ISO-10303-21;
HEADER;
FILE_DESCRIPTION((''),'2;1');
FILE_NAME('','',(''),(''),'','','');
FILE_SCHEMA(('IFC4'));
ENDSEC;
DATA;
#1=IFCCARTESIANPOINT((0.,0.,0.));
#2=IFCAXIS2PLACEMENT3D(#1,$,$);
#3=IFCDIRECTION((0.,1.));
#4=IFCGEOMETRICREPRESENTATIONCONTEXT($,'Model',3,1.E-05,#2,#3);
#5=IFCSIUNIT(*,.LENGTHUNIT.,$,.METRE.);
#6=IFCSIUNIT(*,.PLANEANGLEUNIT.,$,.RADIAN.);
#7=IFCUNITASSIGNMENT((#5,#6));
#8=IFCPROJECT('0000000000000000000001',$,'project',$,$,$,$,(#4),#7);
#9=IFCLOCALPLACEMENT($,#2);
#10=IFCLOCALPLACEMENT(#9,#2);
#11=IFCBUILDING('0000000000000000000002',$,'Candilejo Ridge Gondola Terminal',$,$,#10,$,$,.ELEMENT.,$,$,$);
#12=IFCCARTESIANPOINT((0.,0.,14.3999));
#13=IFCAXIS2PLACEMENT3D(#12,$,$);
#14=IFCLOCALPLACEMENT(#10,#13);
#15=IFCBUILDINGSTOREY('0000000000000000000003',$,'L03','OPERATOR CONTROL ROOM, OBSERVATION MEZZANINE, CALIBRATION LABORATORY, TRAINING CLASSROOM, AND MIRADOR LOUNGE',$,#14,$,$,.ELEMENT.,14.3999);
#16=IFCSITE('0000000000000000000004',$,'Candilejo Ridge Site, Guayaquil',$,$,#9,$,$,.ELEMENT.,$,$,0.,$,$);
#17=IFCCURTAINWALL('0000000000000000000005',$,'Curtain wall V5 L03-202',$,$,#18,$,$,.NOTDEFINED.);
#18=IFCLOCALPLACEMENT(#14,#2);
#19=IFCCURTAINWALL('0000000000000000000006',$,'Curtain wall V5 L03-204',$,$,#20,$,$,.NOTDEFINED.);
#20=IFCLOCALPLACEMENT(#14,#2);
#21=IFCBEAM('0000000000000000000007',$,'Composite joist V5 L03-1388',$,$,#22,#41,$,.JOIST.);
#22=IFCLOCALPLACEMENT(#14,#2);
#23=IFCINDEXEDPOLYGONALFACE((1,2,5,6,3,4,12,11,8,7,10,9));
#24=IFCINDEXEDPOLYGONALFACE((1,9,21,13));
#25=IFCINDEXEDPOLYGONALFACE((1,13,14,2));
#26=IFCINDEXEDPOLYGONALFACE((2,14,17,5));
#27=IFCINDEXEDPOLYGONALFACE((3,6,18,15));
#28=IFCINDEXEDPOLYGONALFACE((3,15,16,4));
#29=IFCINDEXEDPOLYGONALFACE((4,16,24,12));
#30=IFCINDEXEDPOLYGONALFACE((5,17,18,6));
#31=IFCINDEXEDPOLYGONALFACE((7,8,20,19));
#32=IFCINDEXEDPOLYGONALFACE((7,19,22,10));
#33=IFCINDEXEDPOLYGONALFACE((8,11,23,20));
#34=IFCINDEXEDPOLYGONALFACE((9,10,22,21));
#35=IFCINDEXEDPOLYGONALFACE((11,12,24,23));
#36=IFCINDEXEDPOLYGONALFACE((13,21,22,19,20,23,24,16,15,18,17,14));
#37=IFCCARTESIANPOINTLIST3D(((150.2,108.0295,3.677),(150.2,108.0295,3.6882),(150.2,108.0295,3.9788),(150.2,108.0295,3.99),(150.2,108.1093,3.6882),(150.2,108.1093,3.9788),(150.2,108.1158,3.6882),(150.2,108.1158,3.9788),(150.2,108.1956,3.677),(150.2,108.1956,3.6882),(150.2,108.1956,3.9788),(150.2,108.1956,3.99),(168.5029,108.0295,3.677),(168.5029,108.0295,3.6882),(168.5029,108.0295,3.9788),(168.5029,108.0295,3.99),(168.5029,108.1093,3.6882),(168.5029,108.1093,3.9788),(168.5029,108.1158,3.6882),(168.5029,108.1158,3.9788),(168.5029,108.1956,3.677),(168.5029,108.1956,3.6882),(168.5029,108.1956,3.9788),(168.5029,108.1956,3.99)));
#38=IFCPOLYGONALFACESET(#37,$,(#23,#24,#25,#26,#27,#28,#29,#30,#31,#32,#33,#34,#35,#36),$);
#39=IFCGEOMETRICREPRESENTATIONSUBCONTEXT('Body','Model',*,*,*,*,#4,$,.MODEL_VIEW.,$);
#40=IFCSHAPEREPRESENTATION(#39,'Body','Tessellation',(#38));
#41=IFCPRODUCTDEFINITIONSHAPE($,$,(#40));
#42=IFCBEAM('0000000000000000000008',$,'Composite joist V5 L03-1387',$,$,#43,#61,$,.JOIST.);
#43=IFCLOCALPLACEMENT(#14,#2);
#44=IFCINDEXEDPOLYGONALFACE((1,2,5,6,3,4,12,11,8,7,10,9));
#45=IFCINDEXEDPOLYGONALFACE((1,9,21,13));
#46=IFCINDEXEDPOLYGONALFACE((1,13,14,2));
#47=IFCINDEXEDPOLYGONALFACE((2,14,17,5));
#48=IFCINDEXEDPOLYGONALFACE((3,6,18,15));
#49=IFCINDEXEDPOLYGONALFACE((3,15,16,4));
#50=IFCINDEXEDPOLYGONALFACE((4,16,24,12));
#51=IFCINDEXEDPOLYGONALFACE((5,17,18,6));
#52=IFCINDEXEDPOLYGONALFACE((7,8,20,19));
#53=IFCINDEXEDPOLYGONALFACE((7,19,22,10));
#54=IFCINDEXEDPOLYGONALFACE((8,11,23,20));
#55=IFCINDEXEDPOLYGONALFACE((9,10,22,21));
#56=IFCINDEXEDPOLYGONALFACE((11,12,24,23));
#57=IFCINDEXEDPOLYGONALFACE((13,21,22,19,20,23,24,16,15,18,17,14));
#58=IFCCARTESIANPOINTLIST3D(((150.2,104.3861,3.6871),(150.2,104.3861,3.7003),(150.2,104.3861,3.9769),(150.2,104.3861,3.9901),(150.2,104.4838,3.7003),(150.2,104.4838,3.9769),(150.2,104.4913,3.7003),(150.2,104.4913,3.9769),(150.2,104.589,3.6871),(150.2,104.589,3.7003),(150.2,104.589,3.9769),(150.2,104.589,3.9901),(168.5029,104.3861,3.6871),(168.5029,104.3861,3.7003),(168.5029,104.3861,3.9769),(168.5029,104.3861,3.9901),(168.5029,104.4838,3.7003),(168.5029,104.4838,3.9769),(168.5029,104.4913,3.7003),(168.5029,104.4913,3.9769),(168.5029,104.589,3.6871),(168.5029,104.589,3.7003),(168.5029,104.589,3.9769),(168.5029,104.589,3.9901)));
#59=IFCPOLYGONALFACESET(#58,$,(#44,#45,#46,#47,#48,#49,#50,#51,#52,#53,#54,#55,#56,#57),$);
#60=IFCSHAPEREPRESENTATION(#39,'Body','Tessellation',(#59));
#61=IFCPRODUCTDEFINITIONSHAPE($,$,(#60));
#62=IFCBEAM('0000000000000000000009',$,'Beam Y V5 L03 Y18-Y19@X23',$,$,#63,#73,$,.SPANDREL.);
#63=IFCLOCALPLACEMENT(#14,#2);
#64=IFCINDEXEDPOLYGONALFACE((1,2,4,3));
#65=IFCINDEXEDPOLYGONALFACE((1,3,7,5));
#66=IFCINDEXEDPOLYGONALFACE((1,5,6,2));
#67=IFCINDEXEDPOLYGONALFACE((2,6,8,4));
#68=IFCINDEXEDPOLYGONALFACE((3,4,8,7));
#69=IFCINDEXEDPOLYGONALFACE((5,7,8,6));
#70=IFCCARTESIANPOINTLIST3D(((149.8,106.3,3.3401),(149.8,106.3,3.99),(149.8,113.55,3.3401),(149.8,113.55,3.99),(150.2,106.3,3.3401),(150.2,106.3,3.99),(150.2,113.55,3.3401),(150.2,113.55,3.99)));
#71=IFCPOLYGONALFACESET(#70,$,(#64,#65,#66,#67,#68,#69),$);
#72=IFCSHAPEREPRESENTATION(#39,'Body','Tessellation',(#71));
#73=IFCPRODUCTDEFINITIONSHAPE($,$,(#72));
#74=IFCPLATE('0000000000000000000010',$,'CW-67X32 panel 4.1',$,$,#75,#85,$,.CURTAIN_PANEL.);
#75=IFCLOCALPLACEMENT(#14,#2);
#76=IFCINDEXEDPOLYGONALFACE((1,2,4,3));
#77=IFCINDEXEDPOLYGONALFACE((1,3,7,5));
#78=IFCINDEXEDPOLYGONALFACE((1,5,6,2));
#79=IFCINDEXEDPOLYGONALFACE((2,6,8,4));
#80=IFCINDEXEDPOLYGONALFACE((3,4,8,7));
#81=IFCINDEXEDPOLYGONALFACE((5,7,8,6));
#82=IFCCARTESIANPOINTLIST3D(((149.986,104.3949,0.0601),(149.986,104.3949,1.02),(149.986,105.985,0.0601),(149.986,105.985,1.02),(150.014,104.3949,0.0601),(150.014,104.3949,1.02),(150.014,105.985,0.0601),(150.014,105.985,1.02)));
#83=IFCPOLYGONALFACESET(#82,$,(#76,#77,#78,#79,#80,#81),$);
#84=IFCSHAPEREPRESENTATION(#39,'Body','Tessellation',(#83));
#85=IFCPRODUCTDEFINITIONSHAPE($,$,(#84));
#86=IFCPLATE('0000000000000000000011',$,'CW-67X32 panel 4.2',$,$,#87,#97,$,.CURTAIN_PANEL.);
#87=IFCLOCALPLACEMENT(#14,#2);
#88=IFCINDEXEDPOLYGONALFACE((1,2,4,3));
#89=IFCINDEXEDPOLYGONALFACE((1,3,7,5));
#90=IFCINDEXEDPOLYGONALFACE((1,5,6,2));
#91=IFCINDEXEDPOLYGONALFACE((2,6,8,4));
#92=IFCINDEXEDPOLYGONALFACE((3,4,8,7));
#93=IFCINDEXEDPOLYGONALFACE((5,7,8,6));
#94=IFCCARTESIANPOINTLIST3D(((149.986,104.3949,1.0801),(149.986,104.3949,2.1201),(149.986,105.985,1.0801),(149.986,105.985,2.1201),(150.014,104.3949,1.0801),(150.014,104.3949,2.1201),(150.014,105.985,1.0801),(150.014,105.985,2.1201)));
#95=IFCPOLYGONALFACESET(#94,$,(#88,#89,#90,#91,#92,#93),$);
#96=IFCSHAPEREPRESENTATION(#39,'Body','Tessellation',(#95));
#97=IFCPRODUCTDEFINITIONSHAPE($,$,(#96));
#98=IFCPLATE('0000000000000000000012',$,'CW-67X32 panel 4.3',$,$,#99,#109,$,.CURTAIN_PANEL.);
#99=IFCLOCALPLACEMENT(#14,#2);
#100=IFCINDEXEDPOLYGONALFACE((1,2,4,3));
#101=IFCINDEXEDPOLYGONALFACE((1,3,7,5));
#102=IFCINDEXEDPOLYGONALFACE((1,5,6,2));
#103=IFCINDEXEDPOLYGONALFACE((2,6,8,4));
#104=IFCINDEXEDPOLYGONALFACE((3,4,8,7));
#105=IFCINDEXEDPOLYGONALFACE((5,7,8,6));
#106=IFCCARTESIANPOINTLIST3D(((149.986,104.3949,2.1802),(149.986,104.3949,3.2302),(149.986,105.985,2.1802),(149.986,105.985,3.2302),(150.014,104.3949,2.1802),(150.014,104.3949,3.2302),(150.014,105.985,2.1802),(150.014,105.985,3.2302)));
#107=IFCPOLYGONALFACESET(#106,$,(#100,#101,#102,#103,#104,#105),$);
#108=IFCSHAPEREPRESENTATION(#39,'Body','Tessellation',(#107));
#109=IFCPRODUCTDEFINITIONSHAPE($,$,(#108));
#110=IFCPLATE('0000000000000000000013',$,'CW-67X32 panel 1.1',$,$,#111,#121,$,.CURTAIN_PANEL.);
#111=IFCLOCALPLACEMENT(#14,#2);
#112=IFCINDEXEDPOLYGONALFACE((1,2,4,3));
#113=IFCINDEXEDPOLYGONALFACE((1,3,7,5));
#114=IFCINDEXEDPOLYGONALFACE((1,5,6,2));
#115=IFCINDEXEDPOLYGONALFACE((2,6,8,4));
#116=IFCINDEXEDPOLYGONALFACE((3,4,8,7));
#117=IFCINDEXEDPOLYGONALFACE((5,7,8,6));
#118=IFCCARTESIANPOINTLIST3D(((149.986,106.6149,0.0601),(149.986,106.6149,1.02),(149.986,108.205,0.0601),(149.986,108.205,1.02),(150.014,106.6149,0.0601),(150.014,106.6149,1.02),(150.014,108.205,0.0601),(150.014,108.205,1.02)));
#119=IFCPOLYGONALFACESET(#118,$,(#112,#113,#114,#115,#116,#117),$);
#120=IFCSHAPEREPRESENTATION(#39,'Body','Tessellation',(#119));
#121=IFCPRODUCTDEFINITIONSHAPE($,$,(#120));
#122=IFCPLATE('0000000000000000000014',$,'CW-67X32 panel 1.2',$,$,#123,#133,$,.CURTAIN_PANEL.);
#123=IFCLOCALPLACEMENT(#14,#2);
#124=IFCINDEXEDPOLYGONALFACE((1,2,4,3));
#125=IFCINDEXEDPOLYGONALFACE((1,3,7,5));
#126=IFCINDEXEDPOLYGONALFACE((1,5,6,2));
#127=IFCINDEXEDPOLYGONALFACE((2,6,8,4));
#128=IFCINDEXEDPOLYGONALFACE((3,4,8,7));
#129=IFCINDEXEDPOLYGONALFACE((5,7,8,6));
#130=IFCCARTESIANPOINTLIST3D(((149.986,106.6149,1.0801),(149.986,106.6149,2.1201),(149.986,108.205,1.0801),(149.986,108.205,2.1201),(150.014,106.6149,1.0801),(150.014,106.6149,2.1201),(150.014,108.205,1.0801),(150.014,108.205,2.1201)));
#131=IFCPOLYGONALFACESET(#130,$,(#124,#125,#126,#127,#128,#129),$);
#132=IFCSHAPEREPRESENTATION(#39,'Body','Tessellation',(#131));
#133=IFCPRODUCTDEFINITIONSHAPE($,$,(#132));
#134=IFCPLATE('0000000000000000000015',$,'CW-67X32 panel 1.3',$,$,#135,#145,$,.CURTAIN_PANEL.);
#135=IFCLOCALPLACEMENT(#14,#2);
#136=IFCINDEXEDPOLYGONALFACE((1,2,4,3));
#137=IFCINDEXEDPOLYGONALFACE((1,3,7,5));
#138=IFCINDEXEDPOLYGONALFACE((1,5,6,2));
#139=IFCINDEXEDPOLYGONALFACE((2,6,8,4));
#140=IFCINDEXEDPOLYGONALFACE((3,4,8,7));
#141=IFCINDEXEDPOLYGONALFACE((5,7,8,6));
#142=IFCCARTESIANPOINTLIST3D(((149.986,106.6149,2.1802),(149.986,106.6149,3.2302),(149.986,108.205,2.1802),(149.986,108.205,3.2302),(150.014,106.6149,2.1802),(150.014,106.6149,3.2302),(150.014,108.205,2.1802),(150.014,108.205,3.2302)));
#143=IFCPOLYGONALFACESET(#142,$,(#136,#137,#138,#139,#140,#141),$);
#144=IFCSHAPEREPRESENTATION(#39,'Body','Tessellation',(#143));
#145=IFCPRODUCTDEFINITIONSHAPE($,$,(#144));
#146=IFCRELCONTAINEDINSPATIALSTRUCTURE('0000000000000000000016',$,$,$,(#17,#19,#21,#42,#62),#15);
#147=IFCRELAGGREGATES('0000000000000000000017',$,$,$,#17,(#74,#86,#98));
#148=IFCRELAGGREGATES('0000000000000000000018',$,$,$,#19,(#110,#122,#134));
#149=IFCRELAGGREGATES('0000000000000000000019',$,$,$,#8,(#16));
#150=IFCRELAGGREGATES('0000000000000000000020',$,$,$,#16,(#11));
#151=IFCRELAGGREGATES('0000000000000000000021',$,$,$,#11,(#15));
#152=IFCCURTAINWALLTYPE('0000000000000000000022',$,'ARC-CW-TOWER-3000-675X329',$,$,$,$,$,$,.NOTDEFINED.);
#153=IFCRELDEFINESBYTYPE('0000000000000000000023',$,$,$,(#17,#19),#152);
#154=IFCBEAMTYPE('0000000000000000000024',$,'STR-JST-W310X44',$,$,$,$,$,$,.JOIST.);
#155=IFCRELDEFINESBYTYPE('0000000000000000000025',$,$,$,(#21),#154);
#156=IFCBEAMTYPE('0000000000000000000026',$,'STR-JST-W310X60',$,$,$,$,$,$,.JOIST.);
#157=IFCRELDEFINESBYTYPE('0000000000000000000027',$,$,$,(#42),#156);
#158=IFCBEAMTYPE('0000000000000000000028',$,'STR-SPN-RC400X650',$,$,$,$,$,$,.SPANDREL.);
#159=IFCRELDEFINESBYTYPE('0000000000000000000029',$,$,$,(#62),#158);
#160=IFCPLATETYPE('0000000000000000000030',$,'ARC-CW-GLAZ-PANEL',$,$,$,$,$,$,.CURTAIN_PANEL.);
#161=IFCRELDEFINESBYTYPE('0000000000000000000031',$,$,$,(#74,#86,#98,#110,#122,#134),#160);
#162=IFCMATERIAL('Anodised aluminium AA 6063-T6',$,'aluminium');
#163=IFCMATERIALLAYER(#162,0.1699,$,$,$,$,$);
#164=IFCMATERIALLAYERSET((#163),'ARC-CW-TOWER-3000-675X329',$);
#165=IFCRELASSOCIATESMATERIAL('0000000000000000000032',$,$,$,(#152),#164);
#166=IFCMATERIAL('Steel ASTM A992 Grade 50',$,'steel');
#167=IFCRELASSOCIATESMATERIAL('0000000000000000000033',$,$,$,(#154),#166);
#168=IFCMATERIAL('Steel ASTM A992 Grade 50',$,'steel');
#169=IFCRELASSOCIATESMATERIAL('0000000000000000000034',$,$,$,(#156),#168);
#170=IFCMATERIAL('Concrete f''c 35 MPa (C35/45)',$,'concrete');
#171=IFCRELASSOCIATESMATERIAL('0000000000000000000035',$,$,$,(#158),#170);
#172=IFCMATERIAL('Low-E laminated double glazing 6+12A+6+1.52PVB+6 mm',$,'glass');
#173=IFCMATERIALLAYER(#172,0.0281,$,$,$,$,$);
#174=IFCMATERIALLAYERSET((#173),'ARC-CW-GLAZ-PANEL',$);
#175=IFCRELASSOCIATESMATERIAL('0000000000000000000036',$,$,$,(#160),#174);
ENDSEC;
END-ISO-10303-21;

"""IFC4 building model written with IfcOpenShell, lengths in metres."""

from ifc_helpers import new_model, si_unit, direction, frame, origin, origin_2d, place, context, subcontext, project, spatial, rectangle, i_section, extrude, material, layer, layer_set, material_profile, profile_set, type_object, element, aggregate, save


model = new_model("IFC4")

# Units and contexts
model_context = context("Model", 3, precision=1e-05, world=origin(), true_north=direction((0.0, 1.0)))
body_context = subcontext(model_context, "Body", "Model", "MODEL_VIEW")
ifc_project = project(units=[si_unit("LENGTHUNIT", "METRE"), si_unit("PLANEANGLEUNIT", "RADIAN")], contexts=[model_context])

# Site, building, storey
site_placement = place(None, origin())
site = spatial("IfcSite", under=ifc_project, at=site_placement, Name="Candilejo Ridge Site, Guayaquil", CompositionType="ELEMENT", RefElevation=0.0)
building_placement = place(site_placement, origin())
building = spatial("IfcBuilding", under=site, at=building_placement, Name="Candilejo Ridge Gondola Terminal", CompositionType="ELEMENT")
storey_placement = place(building_placement, frame((0.0, 0.0, 14.3999)))
storey = spatial("IfcBuildingStorey", under=building, at=storey_placement, Name="L03", Description="OPERATOR CONTROL ROOM, OBSERVATION MEZZANINE, CALIBRATION LABORATORY, TRAINING CLASSROOM, AND MIRADOR LOUNGE", CompositionType="ELEMENT", Elevation=14.3999)

# Curtain wall
ifc_material_1 = material(Name="Anodised aluminium AA 6063-T6", Category="aluminium")
ifc_layer_1 = layer(ifc_material_1, 0.1699)
ifc_layer_set_1 = layer_set([ifc_layer_1], Name="ARC-CW-TOWER-3000-675X329")
curtain_wall_type = type_object("IfcCurtainWallType", Name="ARC-CW-TOWER-3000-675X329", PredefinedType="NOTDEFINED", material=ifc_layer_set_1)
curtain_wall_1_placement = place(storey_placement, origin())
curtain_wall_1 = element("IfcCurtainWall", 1, at=curtain_wall_1_placement, inside=storey, type_object=curtain_wall_type, Name="Curtain wall V5 L03-202", PredefinedType="NOTDEFINED")

# Curtain wall
curtain_wall_2_placement = place(storey_placement, origin())
curtain_wall_2 = element("IfcCurtainWall", 2, at=curtain_wall_2_placement, inside=storey, type_object=curtain_wall_type, Name="Curtain wall V5 L03-204", PredefinedType="NOTDEFINED")

# Beams
ifc_material_2 = material(Name="Steel ASTM A992 Grade 50", Category="steel")
ifc_material_profile_1 = material_profile(ifc_material_2, i_section(OverallWidth=0.166, OverallDepth=0.313, WebThickness=0.0066, FlangeThickness=0.0112, at=origin_2d()))
ifc_profile_set_1 = profile_set([ifc_material_profile_1], Name="Steel ASTM A992 Grade 50")
beam_type_1 = type_object("IfcBeamType", Name="STR-JST-W310X44", PredefinedType="JOIST", material=ifc_profile_set_1)
beam_1_placement = place(storey_placement, frame((150.2, 108.1125, 3.8335), z_axis=(1.0, 0.0, 0.0), x_axis=(0.0, 1.0, 0.0)))
element("IfcBeam", 3, at=beam_1_placement, inside=storey, type_object=beam_type_1, Name="Composite joist V5 L03-1388", PredefinedType="JOIST", context=body_context, shape_type="SweptSolid", body=[
    extrude(i_section(OverallWidth=0.166, OverallDepth=0.313, WebThickness=0.0066, FlangeThickness=0.0112, at=origin_2d()), origin(), (0.0, 0.0, 1.0), 18.303),
])
ifc_material_3 = material(Name="Steel ASTM A992 Grade 50", Category="steel")
ifc_material_profile_2 = material_profile(ifc_material_3, i_section(OverallWidth=0.2029, OverallDepth=0.303, WebThickness=0.0076, FlangeThickness=0.0132, at=origin_2d()))
ifc_profile_set_2 = profile_set([ifc_material_profile_2], Name="Steel ASTM A992 Grade 50")
beam_type_2 = type_object("IfcBeamType", Name="STR-JST-W310X60", PredefinedType="JOIST", material=ifc_profile_set_2)
beam_2_placement = place(storey_placement, frame((150.2, 104.4875, 3.8386), z_axis=(1.0, 0.0, 0.0), x_axis=(0.0, 1.0, 0.0)))
element("IfcBeam", 4, at=beam_2_placement, inside=storey, type_object=beam_type_2, Name="Composite joist V5 L03-1387", PredefinedType="JOIST", context=body_context, shape_type="SweptSolid", body=[
    extrude(i_section(OverallWidth=0.2029, OverallDepth=0.303, WebThickness=0.0076, FlangeThickness=0.0132, at=origin_2d()), origin(), (0.0, 0.0, 1.0), 18.303),
])
ifc_material_4 = material(Name="Concrete f'c 35 MPa (C35/45)", Category="concrete")
ifc_material_profile_3 = material_profile(ifc_material_4, rectangle(XDim=0.3999, YDim=0.6499, at=origin_2d()))
ifc_profile_set_3 = profile_set([ifc_material_profile_3], Name="Concrete f'c 35 MPa (C35/45)")
beam_type_3 = type_object("IfcBeamType", Name="STR-SPN-RC400X650", PredefinedType="SPANDREL", material=ifc_profile_set_3)
beam_3_placement = place(storey_placement, frame((150.0, 106.3, 3.665), z_axis=(0.0, 1.0, 0.0), x_axis=(-1.0, 0.0, 0.0)))
element("IfcBeam", 5, at=beam_3_placement, inside=storey, type_object=beam_type_3, Name="Beam Y V5 L03 Y18-Y19@X23", PredefinedType="SPANDREL", context=body_context, shape_type="SweptSolid", body=[
    extrude(rectangle(XDim=0.3999, YDim=0.6499, at=origin_2d()), origin(), (0.0, 0.0, 1.0), 7.25),
])

# Plates
ifc_material_5 = material(Name="Low-E laminated double glazing 6+12A+6+1.52PVB+6 mm", Category="glass")
ifc_layer_2 = layer(ifc_material_5, 0.0281)
ifc_layer_set_2 = layer_set([ifc_layer_2], Name="ARC-CW-GLAZ-PANEL")
plate_type = type_object("IfcPlateType", Name="ARC-CW-GLAZ-PANEL", PredefinedType="CURTAIN_PANEL", material=ifc_layer_set_2)
plate_1_placement = place(storey_placement, frame((150.0, 105.1899, 0.0601), z_axis=(0.0, 0.0, 1.0), x_axis=(0.0, 1.0, 0.0)))
plate_1 = element("IfcPlate", 6, at=plate_1_placement, type_object=plate_type, Name="CW-67X32 panel 4.1", PredefinedType="CURTAIN_PANEL", context=body_context, shape_type="SweptSolid", body=[
    extrude(rectangle(XDim=1.5901, YDim=0.0281, at=origin_2d()), origin(), (0.0, 0.0, 1.0), 0.96),
])
plate_2_placement = place(storey_placement, frame((150.0, 105.1899, 1.0801), z_axis=(0.0, 0.0, 1.0), x_axis=(0.0, 1.0, 0.0)))
plate_2 = element("IfcPlate", 7, at=plate_2_placement, type_object=plate_type, Name="CW-67X32 panel 4.2", PredefinedType="CURTAIN_PANEL", context=body_context, shape_type="SweptSolid", body=[
    extrude(rectangle(XDim=1.5901, YDim=0.0281, at=origin_2d()), origin(), (0.0, 0.0, 1.0), 1.04),
])
plate_3_placement = place(storey_placement, frame((150.0, 105.1899, 2.1802), z_axis=(0.0, 0.0, 1.0), x_axis=(0.0, 1.0, 0.0)))
plate_3 = element("IfcPlate", 8, at=plate_3_placement, type_object=plate_type, Name="CW-67X32 panel 4.3", PredefinedType="CURTAIN_PANEL", context=body_context, shape_type="SweptSolid", body=[
    extrude(rectangle(XDim=1.5901, YDim=0.0281, at=origin_2d()), origin(), (0.0, 0.0, 1.0), 1.05),
])
aggregate(curtain_wall_1, [plate_1, plate_2, plate_3])
plate_4_placement = place(storey_placement, frame((150.0, 107.4099, 0.0601), z_axis=(0.0, 0.0, 1.0), x_axis=(0.0, 1.0, 0.0)))
plate_4 = element("IfcPlate", 9, at=plate_4_placement, type_object=plate_type, Name="CW-67X32 panel 1.1", PredefinedType="CURTAIN_PANEL", context=body_context, shape_type="SweptSolid", body=[
    extrude(rectangle(XDim=1.5901, YDim=0.0281, at=origin_2d()), origin(), (0.0, 0.0, 1.0), 0.96),
])
plate_5_placement = place(storey_placement, frame((150.0, 107.4099, 1.0801), z_axis=(0.0, 0.0, 1.0), x_axis=(0.0, 1.0, 0.0)))
plate_5 = element("IfcPlate", 10, at=plate_5_placement, type_object=plate_type, Name="CW-67X32 panel 1.2", PredefinedType="CURTAIN_PANEL", context=body_context, shape_type="SweptSolid", body=[
    extrude(rectangle(XDim=1.5901, YDim=0.0281, at=origin_2d()), origin(), (0.0, 0.0, 1.0), 1.04),
])
plate_6_placement = place(storey_placement, frame((150.0, 107.4099, 2.1802), z_axis=(0.0, 0.0, 1.0), x_axis=(0.0, 1.0, 0.0)))
plate_6 = element("IfcPlate", 11, at=plate_6_placement, type_object=plate_type, Name="CW-67X32 panel 1.3", PredefinedType="CURTAIN_PANEL", context=body_context, shape_type="SweptSolid", body=[
    extrude(rectangle(XDim=1.5901, YDim=0.0281, at=origin_2d()), origin(), (0.0, 0.0, 1.0), 1.05),
])
aggregate(curtain_wall_2, [plate_4, plate_5, plate_6])

save(model, "model.ifc")
